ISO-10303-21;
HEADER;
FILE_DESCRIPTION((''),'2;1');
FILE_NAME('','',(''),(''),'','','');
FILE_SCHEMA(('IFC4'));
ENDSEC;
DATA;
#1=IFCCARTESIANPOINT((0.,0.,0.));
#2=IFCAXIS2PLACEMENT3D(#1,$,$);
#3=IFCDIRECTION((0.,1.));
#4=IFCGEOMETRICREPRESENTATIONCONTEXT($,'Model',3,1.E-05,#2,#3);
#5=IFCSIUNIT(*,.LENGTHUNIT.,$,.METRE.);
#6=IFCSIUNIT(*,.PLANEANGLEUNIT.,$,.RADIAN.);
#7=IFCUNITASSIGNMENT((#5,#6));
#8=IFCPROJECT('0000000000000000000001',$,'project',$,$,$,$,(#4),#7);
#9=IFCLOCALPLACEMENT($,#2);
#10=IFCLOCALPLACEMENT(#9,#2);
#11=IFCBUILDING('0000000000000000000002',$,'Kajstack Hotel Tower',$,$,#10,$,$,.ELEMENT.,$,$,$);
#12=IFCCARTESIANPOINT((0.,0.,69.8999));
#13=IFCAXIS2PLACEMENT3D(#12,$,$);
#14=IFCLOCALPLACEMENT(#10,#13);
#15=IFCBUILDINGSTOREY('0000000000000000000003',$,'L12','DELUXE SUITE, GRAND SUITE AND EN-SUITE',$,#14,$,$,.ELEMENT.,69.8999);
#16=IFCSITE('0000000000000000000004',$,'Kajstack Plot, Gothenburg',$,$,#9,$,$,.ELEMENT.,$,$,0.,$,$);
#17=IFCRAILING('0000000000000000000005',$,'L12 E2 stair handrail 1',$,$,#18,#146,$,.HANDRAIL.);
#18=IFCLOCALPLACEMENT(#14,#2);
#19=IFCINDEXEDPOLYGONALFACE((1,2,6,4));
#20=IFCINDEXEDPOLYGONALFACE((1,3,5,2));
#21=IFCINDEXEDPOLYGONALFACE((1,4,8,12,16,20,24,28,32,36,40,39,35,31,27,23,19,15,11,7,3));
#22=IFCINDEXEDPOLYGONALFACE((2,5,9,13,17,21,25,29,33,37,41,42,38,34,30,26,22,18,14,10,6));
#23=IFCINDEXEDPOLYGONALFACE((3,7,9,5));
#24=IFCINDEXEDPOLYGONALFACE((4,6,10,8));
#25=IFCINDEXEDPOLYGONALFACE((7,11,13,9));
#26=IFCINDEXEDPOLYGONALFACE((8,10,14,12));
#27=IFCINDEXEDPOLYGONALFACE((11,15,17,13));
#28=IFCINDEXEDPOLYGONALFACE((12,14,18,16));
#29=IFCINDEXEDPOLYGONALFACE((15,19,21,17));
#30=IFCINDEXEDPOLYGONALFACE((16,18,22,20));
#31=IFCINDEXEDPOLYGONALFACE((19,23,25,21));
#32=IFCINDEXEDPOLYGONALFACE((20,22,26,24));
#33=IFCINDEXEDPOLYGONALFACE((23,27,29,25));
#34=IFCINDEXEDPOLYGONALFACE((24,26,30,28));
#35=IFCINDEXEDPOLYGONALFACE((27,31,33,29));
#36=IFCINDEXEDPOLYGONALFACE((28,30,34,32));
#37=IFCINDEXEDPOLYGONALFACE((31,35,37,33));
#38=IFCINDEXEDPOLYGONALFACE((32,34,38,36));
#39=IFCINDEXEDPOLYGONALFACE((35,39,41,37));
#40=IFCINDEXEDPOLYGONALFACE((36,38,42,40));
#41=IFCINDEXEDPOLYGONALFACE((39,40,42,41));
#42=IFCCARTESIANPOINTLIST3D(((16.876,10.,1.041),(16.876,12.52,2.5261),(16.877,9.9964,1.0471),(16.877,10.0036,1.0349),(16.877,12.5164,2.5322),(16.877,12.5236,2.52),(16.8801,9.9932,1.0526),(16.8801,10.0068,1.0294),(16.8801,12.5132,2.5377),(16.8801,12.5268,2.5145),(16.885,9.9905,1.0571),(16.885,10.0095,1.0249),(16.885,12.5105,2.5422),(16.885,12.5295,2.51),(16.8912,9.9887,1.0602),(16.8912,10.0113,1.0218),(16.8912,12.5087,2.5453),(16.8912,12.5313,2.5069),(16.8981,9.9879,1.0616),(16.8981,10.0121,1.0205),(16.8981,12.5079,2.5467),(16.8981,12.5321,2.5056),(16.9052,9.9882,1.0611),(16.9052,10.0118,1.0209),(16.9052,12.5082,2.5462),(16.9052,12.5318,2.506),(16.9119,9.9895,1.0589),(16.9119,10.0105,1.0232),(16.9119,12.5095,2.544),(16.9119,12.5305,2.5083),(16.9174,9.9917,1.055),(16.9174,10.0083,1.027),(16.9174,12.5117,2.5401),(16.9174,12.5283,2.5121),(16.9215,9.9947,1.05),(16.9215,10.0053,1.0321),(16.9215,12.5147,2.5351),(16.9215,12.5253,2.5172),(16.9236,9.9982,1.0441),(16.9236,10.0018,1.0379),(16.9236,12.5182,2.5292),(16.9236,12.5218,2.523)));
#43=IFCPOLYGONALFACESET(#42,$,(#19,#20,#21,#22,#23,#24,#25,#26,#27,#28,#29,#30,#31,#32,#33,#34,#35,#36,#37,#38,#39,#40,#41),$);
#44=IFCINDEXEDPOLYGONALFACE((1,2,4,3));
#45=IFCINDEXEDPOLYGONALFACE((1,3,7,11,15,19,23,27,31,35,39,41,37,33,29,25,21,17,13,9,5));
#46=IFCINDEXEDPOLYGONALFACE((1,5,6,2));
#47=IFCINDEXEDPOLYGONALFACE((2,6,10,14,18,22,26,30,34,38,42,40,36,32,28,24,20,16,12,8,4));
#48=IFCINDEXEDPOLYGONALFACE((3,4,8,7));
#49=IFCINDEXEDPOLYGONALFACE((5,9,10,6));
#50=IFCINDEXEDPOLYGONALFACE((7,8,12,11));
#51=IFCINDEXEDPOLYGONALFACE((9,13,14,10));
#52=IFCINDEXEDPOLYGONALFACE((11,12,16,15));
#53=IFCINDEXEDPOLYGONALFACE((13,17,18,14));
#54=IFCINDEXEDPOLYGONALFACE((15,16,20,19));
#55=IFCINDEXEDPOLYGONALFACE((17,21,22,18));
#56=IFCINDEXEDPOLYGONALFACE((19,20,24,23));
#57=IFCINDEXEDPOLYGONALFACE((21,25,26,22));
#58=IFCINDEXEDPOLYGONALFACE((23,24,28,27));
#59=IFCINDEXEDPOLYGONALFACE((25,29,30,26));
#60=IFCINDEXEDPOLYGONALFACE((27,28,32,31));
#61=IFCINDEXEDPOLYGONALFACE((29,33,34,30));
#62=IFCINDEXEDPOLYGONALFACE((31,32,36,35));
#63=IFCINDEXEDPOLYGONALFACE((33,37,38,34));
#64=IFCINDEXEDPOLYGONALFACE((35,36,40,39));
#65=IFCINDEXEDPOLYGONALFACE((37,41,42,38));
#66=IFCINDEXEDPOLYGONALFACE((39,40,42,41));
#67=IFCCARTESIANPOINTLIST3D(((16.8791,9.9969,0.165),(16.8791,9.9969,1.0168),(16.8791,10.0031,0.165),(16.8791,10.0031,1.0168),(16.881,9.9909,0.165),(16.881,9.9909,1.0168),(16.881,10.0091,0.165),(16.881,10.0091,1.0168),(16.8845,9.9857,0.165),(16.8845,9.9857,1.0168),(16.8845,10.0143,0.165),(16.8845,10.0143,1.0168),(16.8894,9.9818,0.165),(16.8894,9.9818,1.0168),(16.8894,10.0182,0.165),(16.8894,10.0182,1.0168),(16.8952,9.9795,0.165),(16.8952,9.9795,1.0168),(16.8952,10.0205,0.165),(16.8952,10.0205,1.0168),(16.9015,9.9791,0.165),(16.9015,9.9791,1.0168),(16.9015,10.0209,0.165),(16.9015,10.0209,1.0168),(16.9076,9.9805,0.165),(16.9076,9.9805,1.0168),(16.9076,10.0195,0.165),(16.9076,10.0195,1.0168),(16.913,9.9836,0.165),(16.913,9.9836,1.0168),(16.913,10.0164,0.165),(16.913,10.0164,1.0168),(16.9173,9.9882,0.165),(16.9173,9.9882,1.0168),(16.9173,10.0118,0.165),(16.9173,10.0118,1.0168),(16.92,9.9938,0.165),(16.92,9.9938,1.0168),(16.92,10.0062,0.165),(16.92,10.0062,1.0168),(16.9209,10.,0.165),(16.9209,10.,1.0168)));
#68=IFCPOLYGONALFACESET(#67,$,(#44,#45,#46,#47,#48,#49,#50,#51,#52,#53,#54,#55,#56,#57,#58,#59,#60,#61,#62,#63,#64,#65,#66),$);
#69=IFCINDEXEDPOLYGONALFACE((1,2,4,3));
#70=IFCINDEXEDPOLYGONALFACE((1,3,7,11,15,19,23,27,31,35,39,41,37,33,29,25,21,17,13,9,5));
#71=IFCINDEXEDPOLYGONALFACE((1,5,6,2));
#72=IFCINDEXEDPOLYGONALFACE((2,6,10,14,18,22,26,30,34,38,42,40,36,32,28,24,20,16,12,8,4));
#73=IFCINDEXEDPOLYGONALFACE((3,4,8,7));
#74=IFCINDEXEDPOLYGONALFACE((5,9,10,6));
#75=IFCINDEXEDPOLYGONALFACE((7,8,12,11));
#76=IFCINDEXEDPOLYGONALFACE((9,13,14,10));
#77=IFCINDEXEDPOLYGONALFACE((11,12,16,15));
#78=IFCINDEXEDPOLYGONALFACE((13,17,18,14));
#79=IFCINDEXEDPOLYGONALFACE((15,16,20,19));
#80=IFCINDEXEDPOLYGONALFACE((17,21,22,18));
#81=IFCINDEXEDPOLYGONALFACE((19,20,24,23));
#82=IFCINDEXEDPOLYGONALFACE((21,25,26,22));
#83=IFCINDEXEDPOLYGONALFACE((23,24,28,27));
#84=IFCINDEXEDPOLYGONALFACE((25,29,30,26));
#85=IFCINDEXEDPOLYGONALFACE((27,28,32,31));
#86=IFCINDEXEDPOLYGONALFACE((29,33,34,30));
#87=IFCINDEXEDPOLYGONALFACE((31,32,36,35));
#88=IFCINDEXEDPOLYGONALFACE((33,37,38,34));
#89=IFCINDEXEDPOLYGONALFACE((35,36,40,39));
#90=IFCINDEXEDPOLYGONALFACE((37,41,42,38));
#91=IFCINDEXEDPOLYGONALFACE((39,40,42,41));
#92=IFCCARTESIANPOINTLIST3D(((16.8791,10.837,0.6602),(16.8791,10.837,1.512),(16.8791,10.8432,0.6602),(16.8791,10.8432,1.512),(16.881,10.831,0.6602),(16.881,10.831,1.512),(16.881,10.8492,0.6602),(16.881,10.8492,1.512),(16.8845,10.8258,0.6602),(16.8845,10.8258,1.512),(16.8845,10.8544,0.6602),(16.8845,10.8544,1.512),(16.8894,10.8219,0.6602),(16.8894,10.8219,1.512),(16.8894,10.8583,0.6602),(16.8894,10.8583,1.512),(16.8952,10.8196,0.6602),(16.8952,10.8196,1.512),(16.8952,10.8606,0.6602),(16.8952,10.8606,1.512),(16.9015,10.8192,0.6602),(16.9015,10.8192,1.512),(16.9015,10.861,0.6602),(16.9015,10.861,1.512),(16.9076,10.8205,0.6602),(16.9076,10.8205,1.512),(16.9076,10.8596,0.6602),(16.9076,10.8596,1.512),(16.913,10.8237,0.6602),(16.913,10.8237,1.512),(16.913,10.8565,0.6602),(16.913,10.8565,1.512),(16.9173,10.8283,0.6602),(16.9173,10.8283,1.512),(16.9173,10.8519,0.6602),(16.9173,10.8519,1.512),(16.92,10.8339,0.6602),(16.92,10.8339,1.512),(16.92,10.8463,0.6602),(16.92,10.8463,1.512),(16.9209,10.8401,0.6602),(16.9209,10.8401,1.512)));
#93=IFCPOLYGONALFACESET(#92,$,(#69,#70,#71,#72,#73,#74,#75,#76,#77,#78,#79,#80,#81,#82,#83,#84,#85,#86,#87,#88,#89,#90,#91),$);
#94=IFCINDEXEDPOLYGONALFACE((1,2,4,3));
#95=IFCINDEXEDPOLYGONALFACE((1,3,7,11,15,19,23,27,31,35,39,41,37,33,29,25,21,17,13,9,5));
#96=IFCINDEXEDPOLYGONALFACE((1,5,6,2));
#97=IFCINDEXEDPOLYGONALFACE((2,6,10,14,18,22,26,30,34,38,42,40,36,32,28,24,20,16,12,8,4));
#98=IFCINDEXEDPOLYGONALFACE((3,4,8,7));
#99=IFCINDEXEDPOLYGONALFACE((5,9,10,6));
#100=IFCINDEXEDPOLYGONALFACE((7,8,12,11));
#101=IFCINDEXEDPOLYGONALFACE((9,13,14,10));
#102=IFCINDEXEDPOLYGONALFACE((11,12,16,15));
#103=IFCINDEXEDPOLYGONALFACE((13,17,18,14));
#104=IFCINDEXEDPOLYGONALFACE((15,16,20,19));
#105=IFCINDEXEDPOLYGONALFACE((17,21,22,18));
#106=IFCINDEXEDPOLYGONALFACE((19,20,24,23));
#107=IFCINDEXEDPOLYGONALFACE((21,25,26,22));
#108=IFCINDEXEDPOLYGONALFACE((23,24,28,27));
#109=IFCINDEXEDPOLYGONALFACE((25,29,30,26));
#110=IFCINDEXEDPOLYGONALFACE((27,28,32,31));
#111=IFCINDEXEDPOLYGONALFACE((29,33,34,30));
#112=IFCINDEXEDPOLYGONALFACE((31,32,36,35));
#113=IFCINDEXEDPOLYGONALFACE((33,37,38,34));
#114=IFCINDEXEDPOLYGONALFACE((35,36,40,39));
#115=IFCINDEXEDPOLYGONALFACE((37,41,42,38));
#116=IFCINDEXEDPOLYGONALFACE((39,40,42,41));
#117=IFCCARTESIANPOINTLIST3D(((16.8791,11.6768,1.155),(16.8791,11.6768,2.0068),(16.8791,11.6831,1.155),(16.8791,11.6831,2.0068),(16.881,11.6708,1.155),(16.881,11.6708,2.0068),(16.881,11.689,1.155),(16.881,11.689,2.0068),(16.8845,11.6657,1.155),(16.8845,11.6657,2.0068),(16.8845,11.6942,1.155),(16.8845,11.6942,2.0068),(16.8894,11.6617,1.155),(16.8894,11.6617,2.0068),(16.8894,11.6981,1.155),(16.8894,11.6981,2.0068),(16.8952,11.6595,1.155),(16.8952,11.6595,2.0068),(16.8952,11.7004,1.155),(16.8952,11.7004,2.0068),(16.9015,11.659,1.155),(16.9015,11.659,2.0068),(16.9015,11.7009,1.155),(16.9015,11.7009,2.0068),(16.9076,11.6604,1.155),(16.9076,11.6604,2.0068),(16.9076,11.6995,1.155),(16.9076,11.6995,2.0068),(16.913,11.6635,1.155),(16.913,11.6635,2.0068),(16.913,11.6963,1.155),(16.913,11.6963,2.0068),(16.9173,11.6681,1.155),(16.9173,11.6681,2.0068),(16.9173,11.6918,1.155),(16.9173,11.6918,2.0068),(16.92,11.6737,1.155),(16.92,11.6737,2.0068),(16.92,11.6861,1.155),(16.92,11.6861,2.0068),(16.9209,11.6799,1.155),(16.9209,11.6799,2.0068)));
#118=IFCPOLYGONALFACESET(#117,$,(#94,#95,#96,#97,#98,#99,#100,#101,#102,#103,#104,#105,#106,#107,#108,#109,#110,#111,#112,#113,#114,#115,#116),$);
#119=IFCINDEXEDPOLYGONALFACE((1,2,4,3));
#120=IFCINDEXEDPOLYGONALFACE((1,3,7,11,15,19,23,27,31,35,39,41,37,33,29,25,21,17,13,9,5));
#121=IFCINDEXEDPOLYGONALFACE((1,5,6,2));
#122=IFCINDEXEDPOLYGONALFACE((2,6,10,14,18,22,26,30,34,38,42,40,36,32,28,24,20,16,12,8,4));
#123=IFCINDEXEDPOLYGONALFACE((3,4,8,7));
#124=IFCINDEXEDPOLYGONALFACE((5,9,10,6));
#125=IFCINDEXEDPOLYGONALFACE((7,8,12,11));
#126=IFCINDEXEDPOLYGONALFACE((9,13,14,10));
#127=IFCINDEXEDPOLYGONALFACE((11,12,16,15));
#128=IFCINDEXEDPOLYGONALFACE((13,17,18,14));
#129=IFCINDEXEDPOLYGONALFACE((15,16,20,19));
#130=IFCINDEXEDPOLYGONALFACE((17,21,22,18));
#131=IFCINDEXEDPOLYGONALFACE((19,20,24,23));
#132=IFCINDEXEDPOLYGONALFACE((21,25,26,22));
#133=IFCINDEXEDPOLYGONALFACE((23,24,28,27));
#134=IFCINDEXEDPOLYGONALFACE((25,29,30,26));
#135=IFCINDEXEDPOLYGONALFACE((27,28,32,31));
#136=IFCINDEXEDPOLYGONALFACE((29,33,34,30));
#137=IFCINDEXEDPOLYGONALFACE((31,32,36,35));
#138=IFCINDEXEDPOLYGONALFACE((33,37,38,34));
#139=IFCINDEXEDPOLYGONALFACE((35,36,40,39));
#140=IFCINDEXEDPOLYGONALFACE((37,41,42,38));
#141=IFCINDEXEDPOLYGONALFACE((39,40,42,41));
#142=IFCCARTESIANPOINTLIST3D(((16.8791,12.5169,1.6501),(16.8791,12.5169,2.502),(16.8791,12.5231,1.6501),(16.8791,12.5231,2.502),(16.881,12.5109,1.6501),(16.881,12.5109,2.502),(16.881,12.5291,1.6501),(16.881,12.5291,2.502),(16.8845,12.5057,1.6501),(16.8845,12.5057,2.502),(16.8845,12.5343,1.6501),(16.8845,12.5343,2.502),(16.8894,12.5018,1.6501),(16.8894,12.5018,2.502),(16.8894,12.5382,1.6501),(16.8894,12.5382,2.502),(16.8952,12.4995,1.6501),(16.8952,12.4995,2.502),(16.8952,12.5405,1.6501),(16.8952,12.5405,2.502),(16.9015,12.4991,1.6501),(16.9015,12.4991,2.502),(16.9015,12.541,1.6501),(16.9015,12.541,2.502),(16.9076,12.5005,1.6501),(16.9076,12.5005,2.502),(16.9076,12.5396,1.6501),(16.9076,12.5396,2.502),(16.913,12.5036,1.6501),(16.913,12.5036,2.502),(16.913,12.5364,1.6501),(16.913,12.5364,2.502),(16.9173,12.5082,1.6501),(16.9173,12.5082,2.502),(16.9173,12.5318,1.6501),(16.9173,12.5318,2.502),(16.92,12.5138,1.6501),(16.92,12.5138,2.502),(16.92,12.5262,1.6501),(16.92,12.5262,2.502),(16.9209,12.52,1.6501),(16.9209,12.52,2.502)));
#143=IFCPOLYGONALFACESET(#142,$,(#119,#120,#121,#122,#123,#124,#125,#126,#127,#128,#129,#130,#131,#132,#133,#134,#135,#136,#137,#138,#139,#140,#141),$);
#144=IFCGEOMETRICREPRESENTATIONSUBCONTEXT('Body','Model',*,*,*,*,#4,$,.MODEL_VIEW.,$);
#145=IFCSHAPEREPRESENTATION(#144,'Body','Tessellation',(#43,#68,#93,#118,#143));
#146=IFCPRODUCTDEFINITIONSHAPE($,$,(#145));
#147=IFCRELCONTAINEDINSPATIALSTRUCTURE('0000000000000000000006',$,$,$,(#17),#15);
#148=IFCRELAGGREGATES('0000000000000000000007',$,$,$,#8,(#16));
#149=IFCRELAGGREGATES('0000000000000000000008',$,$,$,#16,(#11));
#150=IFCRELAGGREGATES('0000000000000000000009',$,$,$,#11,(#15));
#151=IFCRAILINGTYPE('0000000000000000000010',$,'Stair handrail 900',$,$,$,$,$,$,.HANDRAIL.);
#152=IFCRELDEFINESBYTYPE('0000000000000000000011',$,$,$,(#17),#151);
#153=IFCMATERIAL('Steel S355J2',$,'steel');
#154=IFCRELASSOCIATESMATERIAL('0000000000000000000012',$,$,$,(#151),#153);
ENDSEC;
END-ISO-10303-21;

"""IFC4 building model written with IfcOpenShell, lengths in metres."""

from ifc_helpers import new_model, si_unit, direction, frame, origin, origin_2d, place, context, subcontext, project, spatial, circle, extrude, material, type_object, element, save


model = new_model("IFC4")

# Units and contexts
model_context = context("Model", 3, precision=1e-05, world=origin(), true_north=direction((0.0, 1.0)))
body_context = subcontext(model_context, "Body", "Model", "MODEL_VIEW")
ifc_project = project(units=[si_unit("LENGTHUNIT", "METRE"), si_unit("PLANEANGLEUNIT", "RADIAN")], contexts=[model_context])

# Site, building, storey
site_placement = place(None, origin())
site = spatial("IfcSite", under=ifc_project, at=site_placement, Name="Kajstack Plot, Gothenburg", CompositionType="ELEMENT", RefElevation=0.0)
building_placement = place(site_placement, origin())
building = spatial("IfcBuilding", under=site, at=building_placement, Name="Kajstack Hotel Tower", CompositionType="ELEMENT")
storey_placement = place(building_placement, frame((0.0, 0.0, 69.8999)))
storey = spatial("IfcBuildingStorey", under=building, at=storey_placement, Name="L12", Description="DELUXE SUITE, GRAND SUITE AND EN-SUITE", CompositionType="ELEMENT", Elevation=69.8999)

# Railing
ifc_material_1 = material(Name="Steel S355J2", Category="steel")
railing_type_1 = type_object("IfcRailingType", Name="Stair handrail 900", PredefinedType="HANDRAIL", material=ifc_material_1)
railing_1_placement = place(storey_placement, frame((16.8999, 10.0, 0.165)))
element("IfcRailing", 1, at=railing_1_placement, inside=storey, type_object=railing_type_1, Name="L12 E2 stair handrail 1", PredefinedType="HANDRAIL", context=body_context, shape_type="SweptSolid", body=[
    extrude(circle(Radius=0.0239, at=origin_2d()), frame((0.0, 0.0, 0.876), z_axis=(0.0, 0.861524, 0.507717), x_axis=(-1.0, 0.0, 0.0)), (0.0, 0.0, 1.0), 2.925),
    extrude(circle(Radius=0.021, at=origin_2d()), origin(), (0.0, 0.0, 1.0), 0.8518),
    extrude(circle(Radius=0.021, at=origin_2d()), frame((0.0, 0.8401, 0.4951)), (0.0, 0.0, 1.0), 0.8518),
    extrude(circle(Radius=0.021, at=origin_2d()), frame((0.0, 1.6799, 0.99)), (0.0, 0.0, 1.0), 0.8518),
    extrude(circle(Radius=0.021, at=origin_2d()), frame((0.0, 2.52, 1.4851)), (0.0, 0.0, 1.0), 0.8518),
])

save(model, "model.ifc")
